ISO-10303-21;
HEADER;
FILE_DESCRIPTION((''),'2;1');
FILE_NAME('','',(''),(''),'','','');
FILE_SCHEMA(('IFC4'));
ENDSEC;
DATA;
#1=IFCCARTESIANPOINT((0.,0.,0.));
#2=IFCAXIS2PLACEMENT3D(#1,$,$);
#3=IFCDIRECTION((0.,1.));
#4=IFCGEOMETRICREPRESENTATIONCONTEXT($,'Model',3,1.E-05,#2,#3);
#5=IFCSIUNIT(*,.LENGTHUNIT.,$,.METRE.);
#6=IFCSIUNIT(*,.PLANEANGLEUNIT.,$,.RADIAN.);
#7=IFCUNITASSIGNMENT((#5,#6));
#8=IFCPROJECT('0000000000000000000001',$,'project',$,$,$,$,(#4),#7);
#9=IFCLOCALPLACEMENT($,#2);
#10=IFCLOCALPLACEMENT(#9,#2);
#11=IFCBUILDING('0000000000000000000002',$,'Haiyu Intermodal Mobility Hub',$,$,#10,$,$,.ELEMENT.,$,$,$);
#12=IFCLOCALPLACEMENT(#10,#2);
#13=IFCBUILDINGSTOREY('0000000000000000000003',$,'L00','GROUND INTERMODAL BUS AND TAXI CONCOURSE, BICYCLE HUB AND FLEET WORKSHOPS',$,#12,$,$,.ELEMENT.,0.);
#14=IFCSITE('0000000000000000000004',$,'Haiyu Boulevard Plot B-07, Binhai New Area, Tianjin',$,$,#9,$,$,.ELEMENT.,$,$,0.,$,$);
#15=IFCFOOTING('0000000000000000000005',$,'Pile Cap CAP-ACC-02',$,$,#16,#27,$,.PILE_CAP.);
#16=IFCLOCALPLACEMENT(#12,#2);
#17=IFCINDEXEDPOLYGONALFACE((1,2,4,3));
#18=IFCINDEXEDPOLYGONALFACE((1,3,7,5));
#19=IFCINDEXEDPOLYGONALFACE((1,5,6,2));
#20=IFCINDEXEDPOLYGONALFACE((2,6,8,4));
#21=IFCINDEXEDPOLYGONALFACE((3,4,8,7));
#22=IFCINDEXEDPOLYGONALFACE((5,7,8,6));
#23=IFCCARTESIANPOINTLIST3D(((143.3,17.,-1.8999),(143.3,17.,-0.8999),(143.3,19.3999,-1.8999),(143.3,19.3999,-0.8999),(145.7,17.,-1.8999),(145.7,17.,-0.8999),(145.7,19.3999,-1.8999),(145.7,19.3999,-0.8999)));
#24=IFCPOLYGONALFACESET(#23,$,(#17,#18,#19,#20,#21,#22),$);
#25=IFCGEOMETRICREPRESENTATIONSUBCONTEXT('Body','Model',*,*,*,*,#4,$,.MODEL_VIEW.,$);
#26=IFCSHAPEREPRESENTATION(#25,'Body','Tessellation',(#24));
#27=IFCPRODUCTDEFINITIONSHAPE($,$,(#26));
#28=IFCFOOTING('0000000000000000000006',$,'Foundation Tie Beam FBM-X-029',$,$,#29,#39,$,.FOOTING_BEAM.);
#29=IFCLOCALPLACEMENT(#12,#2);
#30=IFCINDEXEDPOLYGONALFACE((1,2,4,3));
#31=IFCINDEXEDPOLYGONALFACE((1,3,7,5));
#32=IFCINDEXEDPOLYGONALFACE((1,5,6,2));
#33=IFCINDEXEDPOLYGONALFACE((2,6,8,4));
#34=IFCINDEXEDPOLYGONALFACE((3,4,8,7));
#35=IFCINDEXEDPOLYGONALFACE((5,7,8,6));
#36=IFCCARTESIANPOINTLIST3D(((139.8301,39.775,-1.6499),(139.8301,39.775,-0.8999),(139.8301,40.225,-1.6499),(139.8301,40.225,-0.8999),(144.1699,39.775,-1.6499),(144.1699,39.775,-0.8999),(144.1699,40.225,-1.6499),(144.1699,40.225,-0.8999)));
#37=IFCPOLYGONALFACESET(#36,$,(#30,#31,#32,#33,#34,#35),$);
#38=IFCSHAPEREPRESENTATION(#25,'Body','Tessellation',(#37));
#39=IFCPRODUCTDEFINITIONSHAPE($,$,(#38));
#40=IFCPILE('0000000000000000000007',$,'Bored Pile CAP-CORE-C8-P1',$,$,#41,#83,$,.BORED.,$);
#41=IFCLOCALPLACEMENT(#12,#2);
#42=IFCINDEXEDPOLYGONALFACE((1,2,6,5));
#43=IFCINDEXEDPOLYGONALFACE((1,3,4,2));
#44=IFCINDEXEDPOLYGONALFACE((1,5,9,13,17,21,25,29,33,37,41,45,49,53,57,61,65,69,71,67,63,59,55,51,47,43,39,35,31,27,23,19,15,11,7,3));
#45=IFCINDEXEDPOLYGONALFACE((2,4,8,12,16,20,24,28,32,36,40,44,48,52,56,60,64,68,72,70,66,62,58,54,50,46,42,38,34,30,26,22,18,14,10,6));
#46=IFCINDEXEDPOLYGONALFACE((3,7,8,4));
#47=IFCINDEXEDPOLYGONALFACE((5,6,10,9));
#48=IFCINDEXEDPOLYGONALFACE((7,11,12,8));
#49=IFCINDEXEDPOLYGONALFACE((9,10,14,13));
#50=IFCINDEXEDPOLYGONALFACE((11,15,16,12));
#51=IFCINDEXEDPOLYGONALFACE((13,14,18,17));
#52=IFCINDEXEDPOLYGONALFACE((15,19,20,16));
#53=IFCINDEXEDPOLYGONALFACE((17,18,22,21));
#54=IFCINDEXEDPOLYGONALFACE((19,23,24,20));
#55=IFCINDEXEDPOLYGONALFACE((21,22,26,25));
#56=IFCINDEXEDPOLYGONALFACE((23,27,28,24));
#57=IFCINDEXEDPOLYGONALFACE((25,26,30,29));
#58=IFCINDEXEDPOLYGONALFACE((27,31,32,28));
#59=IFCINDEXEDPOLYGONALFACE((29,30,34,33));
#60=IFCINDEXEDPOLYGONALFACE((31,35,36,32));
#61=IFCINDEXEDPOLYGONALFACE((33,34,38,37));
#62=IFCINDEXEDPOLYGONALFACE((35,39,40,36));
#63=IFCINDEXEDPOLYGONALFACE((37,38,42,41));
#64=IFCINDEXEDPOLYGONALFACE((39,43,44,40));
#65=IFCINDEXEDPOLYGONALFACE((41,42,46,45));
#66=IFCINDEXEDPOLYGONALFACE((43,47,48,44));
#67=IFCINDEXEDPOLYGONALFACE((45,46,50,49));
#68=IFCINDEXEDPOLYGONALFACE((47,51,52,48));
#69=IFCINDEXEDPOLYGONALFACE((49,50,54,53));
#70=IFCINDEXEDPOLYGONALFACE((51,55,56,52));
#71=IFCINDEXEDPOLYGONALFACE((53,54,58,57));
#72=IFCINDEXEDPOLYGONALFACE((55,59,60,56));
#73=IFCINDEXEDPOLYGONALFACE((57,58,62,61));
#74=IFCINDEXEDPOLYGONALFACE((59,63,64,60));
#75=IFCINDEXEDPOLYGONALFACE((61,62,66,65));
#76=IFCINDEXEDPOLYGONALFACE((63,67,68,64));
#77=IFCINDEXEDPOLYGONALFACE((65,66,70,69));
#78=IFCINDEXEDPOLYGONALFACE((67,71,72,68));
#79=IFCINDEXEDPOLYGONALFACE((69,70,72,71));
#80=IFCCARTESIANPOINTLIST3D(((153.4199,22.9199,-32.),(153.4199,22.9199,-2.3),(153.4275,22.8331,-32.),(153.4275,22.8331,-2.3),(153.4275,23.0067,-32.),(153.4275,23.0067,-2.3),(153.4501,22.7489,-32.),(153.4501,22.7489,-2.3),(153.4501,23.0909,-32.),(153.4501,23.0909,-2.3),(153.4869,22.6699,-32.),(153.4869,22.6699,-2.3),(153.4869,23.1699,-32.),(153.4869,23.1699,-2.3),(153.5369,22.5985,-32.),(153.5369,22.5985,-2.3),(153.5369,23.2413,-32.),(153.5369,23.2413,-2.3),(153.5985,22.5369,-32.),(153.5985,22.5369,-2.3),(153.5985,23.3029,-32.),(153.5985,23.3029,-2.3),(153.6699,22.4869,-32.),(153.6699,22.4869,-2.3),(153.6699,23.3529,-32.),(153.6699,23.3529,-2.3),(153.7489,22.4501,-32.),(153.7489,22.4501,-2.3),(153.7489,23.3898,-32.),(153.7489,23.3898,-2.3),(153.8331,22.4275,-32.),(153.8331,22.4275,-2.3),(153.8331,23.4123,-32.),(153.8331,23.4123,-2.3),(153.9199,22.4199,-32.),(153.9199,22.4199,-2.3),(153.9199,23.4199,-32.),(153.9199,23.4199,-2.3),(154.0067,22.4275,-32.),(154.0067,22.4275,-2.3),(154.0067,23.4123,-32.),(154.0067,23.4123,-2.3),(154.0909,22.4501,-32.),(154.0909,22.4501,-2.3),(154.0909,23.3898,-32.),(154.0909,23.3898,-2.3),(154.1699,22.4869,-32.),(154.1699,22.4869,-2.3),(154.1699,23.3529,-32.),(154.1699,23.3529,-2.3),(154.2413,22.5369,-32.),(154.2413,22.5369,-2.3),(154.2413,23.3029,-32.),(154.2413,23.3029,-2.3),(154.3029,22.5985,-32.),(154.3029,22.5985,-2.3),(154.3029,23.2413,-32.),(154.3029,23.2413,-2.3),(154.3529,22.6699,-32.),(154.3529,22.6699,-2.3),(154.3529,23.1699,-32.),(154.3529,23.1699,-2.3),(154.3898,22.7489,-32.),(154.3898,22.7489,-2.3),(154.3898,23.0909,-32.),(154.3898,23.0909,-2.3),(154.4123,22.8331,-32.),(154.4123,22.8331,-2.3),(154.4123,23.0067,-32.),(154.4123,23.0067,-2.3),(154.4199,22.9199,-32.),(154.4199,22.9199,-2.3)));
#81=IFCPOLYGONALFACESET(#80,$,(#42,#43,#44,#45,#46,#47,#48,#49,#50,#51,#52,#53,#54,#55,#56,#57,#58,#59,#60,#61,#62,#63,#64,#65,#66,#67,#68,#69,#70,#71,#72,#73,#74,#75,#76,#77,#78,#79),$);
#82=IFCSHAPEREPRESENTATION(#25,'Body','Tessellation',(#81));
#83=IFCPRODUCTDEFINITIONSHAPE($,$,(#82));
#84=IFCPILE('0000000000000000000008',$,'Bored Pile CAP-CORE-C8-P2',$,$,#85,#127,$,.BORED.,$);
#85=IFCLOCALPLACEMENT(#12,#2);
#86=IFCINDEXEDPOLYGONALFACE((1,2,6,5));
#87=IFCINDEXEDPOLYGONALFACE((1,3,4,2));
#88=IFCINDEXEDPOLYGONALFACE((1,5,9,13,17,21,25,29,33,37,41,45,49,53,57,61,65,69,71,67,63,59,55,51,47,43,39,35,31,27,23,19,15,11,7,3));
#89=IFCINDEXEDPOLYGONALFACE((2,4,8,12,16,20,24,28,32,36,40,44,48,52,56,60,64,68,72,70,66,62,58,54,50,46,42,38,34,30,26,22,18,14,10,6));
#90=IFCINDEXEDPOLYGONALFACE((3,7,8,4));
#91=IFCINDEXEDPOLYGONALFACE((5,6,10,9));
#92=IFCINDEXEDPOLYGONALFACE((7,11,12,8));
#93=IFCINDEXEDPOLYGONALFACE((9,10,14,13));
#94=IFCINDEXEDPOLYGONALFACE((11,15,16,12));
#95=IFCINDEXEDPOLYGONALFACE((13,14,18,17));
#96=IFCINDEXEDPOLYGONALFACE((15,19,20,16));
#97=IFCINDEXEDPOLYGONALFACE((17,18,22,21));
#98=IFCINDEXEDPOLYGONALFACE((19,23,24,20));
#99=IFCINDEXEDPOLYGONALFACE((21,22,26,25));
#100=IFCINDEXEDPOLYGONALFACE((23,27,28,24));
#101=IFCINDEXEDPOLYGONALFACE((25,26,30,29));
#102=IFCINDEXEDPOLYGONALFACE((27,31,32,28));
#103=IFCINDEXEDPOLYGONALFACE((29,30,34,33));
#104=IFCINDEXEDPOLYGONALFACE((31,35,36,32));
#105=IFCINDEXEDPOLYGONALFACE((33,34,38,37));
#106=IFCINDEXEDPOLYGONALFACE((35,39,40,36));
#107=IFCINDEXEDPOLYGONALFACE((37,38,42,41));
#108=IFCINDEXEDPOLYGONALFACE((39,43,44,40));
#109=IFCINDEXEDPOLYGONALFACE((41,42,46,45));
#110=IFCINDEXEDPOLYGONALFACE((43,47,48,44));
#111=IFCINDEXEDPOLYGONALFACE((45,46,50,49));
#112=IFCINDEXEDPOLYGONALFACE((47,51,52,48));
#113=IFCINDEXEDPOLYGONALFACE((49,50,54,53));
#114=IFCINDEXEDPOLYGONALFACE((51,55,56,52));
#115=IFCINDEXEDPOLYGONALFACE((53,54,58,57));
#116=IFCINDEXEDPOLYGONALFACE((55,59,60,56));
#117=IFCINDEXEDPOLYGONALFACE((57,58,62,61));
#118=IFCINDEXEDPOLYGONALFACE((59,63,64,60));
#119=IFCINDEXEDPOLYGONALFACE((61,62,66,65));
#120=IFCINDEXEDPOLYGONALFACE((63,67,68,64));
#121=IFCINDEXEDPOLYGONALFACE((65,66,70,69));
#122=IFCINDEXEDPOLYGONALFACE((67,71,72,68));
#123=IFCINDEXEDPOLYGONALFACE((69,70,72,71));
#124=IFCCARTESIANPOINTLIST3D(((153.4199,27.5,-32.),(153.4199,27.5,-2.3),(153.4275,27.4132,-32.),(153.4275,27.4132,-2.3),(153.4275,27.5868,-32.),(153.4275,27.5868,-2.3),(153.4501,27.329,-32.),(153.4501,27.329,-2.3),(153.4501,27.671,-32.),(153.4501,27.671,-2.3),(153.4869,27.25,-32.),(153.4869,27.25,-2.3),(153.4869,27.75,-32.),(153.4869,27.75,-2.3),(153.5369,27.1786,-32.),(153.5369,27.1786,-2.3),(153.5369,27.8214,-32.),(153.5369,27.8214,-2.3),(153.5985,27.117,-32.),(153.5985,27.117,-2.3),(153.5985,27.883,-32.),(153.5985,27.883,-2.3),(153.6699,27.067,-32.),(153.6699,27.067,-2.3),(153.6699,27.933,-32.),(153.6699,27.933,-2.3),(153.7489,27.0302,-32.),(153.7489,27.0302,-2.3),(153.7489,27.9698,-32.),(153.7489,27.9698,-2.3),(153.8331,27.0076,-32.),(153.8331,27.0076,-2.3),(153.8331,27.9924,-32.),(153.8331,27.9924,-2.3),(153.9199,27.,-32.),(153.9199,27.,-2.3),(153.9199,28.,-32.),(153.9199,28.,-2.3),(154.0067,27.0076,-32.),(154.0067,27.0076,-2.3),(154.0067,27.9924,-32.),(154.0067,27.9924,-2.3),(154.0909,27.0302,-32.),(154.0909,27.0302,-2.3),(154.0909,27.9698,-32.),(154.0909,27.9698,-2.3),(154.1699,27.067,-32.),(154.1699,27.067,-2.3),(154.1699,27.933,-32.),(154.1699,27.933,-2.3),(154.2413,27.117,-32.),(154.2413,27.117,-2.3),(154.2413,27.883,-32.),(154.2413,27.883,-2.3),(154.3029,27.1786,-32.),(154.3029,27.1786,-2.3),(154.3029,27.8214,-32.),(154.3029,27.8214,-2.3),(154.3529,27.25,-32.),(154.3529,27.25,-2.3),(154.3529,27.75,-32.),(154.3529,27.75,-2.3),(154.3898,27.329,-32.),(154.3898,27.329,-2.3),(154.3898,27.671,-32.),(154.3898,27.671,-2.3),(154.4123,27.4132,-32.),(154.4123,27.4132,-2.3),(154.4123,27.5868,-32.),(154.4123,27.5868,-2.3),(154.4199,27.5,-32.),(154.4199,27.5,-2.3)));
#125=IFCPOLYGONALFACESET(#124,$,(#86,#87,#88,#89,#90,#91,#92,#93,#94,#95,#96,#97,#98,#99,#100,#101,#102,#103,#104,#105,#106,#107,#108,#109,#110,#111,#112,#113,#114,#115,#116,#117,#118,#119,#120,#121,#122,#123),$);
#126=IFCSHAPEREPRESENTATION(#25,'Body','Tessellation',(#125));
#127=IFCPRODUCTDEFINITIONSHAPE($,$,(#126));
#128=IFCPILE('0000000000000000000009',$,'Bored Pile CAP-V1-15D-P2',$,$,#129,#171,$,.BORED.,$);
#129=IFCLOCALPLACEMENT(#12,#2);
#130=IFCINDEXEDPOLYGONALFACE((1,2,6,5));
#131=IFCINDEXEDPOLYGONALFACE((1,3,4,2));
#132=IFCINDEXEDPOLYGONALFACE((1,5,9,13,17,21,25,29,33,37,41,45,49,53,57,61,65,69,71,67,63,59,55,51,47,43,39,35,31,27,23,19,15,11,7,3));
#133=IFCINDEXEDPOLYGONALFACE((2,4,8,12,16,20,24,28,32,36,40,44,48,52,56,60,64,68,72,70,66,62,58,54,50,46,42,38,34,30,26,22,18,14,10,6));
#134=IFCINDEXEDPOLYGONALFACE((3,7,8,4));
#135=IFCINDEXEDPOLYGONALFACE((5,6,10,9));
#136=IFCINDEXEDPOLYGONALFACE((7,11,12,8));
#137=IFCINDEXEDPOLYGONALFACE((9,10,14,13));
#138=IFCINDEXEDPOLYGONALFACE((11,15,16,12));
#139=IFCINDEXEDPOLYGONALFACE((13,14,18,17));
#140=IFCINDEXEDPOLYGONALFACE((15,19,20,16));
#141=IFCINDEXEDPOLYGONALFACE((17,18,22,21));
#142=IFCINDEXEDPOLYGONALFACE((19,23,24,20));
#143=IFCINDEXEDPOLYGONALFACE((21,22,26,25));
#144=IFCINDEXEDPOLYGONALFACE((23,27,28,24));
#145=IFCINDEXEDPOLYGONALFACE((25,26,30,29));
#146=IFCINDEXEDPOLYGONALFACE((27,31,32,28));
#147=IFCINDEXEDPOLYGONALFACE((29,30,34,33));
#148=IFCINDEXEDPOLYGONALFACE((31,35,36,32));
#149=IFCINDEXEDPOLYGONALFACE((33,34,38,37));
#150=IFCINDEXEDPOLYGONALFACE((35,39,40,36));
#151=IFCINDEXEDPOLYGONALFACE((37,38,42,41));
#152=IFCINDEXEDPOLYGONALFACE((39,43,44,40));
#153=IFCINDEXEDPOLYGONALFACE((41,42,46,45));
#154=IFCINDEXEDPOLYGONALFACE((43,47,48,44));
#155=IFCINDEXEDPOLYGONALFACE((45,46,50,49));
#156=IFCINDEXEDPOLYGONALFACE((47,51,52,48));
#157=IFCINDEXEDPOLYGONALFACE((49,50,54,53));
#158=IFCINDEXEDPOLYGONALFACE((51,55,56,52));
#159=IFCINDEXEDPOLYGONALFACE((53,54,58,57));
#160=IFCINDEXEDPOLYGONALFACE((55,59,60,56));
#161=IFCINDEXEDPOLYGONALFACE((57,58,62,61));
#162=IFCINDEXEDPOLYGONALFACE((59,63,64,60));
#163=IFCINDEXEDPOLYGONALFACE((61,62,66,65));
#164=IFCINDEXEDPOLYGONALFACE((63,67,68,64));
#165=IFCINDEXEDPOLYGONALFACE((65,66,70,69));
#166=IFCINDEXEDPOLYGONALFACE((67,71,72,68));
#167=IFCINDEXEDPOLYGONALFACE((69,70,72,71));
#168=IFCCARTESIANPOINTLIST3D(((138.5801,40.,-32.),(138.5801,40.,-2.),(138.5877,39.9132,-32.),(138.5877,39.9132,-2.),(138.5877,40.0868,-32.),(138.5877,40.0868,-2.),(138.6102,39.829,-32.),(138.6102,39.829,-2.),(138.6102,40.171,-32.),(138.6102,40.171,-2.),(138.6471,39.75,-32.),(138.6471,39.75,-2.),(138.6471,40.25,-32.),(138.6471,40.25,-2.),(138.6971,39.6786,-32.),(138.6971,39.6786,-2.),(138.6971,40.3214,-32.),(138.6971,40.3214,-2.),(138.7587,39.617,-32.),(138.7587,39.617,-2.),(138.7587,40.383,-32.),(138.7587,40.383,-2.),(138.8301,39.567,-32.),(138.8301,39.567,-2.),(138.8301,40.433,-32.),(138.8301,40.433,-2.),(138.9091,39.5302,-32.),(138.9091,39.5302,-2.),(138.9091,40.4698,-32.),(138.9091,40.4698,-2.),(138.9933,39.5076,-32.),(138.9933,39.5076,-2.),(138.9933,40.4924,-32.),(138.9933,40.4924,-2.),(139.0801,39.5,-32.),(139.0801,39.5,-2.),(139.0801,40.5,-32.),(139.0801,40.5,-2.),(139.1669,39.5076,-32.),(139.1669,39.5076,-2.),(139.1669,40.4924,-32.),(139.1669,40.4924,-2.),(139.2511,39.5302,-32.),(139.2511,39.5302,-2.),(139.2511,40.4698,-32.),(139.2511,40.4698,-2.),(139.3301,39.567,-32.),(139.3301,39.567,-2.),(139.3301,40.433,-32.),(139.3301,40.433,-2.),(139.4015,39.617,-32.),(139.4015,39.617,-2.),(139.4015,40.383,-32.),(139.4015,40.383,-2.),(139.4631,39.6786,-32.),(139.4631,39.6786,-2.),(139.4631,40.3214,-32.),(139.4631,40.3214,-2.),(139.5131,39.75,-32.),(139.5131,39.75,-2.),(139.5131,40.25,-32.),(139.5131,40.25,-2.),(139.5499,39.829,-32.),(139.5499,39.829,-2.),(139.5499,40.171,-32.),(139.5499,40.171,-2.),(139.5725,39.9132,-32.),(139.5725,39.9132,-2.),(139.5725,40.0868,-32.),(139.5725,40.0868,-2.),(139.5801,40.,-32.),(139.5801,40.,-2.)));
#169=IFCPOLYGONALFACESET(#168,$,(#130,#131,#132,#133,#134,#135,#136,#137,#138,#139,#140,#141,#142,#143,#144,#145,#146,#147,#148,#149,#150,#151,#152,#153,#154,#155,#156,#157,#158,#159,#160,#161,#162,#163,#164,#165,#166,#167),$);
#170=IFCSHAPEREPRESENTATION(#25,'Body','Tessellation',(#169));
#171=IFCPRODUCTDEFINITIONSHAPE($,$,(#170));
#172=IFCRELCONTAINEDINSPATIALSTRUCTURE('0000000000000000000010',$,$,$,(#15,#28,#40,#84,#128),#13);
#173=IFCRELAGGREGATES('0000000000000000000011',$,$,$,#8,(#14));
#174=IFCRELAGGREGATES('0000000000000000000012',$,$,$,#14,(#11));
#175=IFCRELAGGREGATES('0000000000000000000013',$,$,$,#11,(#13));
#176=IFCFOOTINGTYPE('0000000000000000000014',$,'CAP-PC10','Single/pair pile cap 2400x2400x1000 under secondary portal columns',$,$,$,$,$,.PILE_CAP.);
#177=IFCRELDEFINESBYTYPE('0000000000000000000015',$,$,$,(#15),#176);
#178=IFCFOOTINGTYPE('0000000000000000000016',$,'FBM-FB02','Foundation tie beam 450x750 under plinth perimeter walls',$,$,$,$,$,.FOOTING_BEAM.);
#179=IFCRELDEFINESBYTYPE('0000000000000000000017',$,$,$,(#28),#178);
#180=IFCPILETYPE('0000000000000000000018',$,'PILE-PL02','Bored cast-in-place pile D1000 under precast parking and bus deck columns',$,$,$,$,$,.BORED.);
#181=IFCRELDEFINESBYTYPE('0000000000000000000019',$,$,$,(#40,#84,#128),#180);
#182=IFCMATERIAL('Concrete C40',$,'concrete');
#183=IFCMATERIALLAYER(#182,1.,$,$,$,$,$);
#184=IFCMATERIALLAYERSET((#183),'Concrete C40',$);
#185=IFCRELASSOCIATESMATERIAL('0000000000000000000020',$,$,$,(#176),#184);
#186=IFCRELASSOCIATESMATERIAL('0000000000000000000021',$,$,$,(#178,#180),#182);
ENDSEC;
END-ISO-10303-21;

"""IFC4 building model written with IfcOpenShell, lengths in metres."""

from ifc_helpers import new_model, si_unit, direction, frame, origin, origin_2d, place, context, subcontext, project, spatial, rectangle, circle, extrude, material, layer, layer_set, material_profile, profile_set, type_object, element, save


model = new_model("IFC4")

# Units and contexts
model_context = context("Model", 3, precision=1e-05, world=origin(), true_north=direction((0.0, 1.0)))
body_context = subcontext(model_context, "Body", "Model", "MODEL_VIEW")
ifc_project = project(units=[si_unit("LENGTHUNIT", "METRE"), si_unit("PLANEANGLEUNIT", "RADIAN")], contexts=[model_context])

# Site, building, storey
site_placement = place(None, origin())
site = spatial("IfcSite", under=ifc_project, at=site_placement, Name="Haiyu Boulevard Plot B-07, Binhai New Area, Tianjin", CompositionType="ELEMENT", RefElevation=0.0)
building_placement = place(site_placement, origin())
building = spatial("IfcBuilding", under=site, at=building_placement, Name="Haiyu Intermodal Mobility Hub", CompositionType="ELEMENT")
storey_placement = place(building_placement, origin())
storey = spatial("IfcBuildingStorey", under=building, at=storey_placement, Name="L00", Description="GROUND INTERMODAL BUS AND TAXI CONCOURSE, BICYCLE HUB AND FLEET WORKSHOPS", CompositionType="ELEMENT", Elevation=0.0)

# Footings
ifc_material_1 = material(Name="Concrete C40", Category="concrete")
ifc_layer_1 = layer(ifc_material_1, 1.0)
ifc_layer_set_1 = layer_set([ifc_layer_1], Name="Concrete C40")
footing_type_1 = type_object("IfcFootingType", Name="CAP-PC10", Description="Single/pair pile cap 2400x2400x1000 under secondary portal columns", PredefinedType="PILE_CAP", material=ifc_layer_set_1)
footing_1_placement = place(storey_placement, frame((144.5, 18.2, -1.8999), z_axis=(0.0, 0.0, 1.0), x_axis=(1.0, 0.0, 0.0)))
element("IfcFooting", 1, at=footing_1_placement, inside=storey, type_object=footing_type_1, Name="Pile Cap CAP-ACC-02", PredefinedType="PILE_CAP", context=body_context, shape_type="SweptSolid", body=[
    extrude(rectangle(XDim=2.3999, YDim=2.3999, at=origin_2d()), origin(), (0.0, 0.0, 1.0), 1.0),
])
ifc_material_profile_1 = material_profile(ifc_material_1, rectangle(XDim=0.45, YDim=0.75, at=origin_2d()), Name="FB450x750")
ifc_profile_set_1 = profile_set([ifc_material_profile_1], Name="Concrete C40")
footing_type_2 = type_object("IfcFootingType", Name="FBM-FB02", Description="Foundation tie beam 450x750 under plinth perimeter walls", PredefinedType="FOOTING_BEAM", material=ifc_profile_set_1)
footing_2_placement = place(storey_placement, frame((139.8301, 40.0, -1.2749), z_axis=(1.0, 0.0, 0.0), x_axis=(0.0, 1.0, 0.0)))
element("IfcFooting", 2, at=footing_2_placement, inside=storey, type_object=footing_type_2, Name="Foundation Tie Beam FBM-X-029", PredefinedType="FOOTING_BEAM", context=body_context, shape_type="SweptSolid", body=[
    extrude(rectangle(XDim=0.45, YDim=0.75, at=origin_2d()), origin(), (0.0, 0.0, 1.0), 4.3398),
])

# Piles
ifc_material_profile_2 = material_profile(ifc_material_1, circle(Radius=0.5, at=origin_2d()), Name="PILE-D1000")
ifc_profile_set_2 = profile_set([ifc_material_profile_2], Name="Concrete C40")
pile_type_1 = type_object("IfcPileType", Name="PILE-PL02", Description="Bored cast-in-place pile D1000 under precast parking and bus deck columns", PredefinedType="BORED", material=ifc_profile_set_2)
for number, where, z_axis, x_axis, name in (
    (3, (153.9199, 22.9199, -2.3), (0.0, 0.0, -1.0), (1.0, 0.0, 0.0), "Bored Pile CAP-CORE-C8-P1"),
    (4, (153.9199, 27.5, -2.3), (0.0, 0.0, -1.0), (1.0, 0.0, 0.0), "Bored Pile CAP-CORE-C8-P2"),
):
    element("IfcPile", number, at=place(storey_placement, frame(where, z_axis=z_axis, x_axis=x_axis)), inside=storey, type_object=pile_type_1, Name=name, PredefinedType="BORED", context=body_context, shape_type="SweptSolid", body=[
        extrude(circle(Radius=0.5, at=origin_2d()), origin(), (0.0, 0.0, 1.0), 29.7),
    ])
pile_1_placement = place(storey_placement, frame((139.0801, 40.0, -2.0), z_axis=(0.0, 0.0, -1.0), x_axis=(1.0, 0.0, 0.0)))
element("IfcPile", 5, at=pile_1_placement, inside=storey, type_object=pile_type_1, Name="Bored Pile CAP-V1-15D-P2", PredefinedType="BORED", context=body_context, shape_type="SweptSolid", body=[
    extrude(circle(Radius=0.5, at=origin_2d()), origin(), (0.0, 0.0, 1.0), 30.0),
])

save(model, "model.ifc")
